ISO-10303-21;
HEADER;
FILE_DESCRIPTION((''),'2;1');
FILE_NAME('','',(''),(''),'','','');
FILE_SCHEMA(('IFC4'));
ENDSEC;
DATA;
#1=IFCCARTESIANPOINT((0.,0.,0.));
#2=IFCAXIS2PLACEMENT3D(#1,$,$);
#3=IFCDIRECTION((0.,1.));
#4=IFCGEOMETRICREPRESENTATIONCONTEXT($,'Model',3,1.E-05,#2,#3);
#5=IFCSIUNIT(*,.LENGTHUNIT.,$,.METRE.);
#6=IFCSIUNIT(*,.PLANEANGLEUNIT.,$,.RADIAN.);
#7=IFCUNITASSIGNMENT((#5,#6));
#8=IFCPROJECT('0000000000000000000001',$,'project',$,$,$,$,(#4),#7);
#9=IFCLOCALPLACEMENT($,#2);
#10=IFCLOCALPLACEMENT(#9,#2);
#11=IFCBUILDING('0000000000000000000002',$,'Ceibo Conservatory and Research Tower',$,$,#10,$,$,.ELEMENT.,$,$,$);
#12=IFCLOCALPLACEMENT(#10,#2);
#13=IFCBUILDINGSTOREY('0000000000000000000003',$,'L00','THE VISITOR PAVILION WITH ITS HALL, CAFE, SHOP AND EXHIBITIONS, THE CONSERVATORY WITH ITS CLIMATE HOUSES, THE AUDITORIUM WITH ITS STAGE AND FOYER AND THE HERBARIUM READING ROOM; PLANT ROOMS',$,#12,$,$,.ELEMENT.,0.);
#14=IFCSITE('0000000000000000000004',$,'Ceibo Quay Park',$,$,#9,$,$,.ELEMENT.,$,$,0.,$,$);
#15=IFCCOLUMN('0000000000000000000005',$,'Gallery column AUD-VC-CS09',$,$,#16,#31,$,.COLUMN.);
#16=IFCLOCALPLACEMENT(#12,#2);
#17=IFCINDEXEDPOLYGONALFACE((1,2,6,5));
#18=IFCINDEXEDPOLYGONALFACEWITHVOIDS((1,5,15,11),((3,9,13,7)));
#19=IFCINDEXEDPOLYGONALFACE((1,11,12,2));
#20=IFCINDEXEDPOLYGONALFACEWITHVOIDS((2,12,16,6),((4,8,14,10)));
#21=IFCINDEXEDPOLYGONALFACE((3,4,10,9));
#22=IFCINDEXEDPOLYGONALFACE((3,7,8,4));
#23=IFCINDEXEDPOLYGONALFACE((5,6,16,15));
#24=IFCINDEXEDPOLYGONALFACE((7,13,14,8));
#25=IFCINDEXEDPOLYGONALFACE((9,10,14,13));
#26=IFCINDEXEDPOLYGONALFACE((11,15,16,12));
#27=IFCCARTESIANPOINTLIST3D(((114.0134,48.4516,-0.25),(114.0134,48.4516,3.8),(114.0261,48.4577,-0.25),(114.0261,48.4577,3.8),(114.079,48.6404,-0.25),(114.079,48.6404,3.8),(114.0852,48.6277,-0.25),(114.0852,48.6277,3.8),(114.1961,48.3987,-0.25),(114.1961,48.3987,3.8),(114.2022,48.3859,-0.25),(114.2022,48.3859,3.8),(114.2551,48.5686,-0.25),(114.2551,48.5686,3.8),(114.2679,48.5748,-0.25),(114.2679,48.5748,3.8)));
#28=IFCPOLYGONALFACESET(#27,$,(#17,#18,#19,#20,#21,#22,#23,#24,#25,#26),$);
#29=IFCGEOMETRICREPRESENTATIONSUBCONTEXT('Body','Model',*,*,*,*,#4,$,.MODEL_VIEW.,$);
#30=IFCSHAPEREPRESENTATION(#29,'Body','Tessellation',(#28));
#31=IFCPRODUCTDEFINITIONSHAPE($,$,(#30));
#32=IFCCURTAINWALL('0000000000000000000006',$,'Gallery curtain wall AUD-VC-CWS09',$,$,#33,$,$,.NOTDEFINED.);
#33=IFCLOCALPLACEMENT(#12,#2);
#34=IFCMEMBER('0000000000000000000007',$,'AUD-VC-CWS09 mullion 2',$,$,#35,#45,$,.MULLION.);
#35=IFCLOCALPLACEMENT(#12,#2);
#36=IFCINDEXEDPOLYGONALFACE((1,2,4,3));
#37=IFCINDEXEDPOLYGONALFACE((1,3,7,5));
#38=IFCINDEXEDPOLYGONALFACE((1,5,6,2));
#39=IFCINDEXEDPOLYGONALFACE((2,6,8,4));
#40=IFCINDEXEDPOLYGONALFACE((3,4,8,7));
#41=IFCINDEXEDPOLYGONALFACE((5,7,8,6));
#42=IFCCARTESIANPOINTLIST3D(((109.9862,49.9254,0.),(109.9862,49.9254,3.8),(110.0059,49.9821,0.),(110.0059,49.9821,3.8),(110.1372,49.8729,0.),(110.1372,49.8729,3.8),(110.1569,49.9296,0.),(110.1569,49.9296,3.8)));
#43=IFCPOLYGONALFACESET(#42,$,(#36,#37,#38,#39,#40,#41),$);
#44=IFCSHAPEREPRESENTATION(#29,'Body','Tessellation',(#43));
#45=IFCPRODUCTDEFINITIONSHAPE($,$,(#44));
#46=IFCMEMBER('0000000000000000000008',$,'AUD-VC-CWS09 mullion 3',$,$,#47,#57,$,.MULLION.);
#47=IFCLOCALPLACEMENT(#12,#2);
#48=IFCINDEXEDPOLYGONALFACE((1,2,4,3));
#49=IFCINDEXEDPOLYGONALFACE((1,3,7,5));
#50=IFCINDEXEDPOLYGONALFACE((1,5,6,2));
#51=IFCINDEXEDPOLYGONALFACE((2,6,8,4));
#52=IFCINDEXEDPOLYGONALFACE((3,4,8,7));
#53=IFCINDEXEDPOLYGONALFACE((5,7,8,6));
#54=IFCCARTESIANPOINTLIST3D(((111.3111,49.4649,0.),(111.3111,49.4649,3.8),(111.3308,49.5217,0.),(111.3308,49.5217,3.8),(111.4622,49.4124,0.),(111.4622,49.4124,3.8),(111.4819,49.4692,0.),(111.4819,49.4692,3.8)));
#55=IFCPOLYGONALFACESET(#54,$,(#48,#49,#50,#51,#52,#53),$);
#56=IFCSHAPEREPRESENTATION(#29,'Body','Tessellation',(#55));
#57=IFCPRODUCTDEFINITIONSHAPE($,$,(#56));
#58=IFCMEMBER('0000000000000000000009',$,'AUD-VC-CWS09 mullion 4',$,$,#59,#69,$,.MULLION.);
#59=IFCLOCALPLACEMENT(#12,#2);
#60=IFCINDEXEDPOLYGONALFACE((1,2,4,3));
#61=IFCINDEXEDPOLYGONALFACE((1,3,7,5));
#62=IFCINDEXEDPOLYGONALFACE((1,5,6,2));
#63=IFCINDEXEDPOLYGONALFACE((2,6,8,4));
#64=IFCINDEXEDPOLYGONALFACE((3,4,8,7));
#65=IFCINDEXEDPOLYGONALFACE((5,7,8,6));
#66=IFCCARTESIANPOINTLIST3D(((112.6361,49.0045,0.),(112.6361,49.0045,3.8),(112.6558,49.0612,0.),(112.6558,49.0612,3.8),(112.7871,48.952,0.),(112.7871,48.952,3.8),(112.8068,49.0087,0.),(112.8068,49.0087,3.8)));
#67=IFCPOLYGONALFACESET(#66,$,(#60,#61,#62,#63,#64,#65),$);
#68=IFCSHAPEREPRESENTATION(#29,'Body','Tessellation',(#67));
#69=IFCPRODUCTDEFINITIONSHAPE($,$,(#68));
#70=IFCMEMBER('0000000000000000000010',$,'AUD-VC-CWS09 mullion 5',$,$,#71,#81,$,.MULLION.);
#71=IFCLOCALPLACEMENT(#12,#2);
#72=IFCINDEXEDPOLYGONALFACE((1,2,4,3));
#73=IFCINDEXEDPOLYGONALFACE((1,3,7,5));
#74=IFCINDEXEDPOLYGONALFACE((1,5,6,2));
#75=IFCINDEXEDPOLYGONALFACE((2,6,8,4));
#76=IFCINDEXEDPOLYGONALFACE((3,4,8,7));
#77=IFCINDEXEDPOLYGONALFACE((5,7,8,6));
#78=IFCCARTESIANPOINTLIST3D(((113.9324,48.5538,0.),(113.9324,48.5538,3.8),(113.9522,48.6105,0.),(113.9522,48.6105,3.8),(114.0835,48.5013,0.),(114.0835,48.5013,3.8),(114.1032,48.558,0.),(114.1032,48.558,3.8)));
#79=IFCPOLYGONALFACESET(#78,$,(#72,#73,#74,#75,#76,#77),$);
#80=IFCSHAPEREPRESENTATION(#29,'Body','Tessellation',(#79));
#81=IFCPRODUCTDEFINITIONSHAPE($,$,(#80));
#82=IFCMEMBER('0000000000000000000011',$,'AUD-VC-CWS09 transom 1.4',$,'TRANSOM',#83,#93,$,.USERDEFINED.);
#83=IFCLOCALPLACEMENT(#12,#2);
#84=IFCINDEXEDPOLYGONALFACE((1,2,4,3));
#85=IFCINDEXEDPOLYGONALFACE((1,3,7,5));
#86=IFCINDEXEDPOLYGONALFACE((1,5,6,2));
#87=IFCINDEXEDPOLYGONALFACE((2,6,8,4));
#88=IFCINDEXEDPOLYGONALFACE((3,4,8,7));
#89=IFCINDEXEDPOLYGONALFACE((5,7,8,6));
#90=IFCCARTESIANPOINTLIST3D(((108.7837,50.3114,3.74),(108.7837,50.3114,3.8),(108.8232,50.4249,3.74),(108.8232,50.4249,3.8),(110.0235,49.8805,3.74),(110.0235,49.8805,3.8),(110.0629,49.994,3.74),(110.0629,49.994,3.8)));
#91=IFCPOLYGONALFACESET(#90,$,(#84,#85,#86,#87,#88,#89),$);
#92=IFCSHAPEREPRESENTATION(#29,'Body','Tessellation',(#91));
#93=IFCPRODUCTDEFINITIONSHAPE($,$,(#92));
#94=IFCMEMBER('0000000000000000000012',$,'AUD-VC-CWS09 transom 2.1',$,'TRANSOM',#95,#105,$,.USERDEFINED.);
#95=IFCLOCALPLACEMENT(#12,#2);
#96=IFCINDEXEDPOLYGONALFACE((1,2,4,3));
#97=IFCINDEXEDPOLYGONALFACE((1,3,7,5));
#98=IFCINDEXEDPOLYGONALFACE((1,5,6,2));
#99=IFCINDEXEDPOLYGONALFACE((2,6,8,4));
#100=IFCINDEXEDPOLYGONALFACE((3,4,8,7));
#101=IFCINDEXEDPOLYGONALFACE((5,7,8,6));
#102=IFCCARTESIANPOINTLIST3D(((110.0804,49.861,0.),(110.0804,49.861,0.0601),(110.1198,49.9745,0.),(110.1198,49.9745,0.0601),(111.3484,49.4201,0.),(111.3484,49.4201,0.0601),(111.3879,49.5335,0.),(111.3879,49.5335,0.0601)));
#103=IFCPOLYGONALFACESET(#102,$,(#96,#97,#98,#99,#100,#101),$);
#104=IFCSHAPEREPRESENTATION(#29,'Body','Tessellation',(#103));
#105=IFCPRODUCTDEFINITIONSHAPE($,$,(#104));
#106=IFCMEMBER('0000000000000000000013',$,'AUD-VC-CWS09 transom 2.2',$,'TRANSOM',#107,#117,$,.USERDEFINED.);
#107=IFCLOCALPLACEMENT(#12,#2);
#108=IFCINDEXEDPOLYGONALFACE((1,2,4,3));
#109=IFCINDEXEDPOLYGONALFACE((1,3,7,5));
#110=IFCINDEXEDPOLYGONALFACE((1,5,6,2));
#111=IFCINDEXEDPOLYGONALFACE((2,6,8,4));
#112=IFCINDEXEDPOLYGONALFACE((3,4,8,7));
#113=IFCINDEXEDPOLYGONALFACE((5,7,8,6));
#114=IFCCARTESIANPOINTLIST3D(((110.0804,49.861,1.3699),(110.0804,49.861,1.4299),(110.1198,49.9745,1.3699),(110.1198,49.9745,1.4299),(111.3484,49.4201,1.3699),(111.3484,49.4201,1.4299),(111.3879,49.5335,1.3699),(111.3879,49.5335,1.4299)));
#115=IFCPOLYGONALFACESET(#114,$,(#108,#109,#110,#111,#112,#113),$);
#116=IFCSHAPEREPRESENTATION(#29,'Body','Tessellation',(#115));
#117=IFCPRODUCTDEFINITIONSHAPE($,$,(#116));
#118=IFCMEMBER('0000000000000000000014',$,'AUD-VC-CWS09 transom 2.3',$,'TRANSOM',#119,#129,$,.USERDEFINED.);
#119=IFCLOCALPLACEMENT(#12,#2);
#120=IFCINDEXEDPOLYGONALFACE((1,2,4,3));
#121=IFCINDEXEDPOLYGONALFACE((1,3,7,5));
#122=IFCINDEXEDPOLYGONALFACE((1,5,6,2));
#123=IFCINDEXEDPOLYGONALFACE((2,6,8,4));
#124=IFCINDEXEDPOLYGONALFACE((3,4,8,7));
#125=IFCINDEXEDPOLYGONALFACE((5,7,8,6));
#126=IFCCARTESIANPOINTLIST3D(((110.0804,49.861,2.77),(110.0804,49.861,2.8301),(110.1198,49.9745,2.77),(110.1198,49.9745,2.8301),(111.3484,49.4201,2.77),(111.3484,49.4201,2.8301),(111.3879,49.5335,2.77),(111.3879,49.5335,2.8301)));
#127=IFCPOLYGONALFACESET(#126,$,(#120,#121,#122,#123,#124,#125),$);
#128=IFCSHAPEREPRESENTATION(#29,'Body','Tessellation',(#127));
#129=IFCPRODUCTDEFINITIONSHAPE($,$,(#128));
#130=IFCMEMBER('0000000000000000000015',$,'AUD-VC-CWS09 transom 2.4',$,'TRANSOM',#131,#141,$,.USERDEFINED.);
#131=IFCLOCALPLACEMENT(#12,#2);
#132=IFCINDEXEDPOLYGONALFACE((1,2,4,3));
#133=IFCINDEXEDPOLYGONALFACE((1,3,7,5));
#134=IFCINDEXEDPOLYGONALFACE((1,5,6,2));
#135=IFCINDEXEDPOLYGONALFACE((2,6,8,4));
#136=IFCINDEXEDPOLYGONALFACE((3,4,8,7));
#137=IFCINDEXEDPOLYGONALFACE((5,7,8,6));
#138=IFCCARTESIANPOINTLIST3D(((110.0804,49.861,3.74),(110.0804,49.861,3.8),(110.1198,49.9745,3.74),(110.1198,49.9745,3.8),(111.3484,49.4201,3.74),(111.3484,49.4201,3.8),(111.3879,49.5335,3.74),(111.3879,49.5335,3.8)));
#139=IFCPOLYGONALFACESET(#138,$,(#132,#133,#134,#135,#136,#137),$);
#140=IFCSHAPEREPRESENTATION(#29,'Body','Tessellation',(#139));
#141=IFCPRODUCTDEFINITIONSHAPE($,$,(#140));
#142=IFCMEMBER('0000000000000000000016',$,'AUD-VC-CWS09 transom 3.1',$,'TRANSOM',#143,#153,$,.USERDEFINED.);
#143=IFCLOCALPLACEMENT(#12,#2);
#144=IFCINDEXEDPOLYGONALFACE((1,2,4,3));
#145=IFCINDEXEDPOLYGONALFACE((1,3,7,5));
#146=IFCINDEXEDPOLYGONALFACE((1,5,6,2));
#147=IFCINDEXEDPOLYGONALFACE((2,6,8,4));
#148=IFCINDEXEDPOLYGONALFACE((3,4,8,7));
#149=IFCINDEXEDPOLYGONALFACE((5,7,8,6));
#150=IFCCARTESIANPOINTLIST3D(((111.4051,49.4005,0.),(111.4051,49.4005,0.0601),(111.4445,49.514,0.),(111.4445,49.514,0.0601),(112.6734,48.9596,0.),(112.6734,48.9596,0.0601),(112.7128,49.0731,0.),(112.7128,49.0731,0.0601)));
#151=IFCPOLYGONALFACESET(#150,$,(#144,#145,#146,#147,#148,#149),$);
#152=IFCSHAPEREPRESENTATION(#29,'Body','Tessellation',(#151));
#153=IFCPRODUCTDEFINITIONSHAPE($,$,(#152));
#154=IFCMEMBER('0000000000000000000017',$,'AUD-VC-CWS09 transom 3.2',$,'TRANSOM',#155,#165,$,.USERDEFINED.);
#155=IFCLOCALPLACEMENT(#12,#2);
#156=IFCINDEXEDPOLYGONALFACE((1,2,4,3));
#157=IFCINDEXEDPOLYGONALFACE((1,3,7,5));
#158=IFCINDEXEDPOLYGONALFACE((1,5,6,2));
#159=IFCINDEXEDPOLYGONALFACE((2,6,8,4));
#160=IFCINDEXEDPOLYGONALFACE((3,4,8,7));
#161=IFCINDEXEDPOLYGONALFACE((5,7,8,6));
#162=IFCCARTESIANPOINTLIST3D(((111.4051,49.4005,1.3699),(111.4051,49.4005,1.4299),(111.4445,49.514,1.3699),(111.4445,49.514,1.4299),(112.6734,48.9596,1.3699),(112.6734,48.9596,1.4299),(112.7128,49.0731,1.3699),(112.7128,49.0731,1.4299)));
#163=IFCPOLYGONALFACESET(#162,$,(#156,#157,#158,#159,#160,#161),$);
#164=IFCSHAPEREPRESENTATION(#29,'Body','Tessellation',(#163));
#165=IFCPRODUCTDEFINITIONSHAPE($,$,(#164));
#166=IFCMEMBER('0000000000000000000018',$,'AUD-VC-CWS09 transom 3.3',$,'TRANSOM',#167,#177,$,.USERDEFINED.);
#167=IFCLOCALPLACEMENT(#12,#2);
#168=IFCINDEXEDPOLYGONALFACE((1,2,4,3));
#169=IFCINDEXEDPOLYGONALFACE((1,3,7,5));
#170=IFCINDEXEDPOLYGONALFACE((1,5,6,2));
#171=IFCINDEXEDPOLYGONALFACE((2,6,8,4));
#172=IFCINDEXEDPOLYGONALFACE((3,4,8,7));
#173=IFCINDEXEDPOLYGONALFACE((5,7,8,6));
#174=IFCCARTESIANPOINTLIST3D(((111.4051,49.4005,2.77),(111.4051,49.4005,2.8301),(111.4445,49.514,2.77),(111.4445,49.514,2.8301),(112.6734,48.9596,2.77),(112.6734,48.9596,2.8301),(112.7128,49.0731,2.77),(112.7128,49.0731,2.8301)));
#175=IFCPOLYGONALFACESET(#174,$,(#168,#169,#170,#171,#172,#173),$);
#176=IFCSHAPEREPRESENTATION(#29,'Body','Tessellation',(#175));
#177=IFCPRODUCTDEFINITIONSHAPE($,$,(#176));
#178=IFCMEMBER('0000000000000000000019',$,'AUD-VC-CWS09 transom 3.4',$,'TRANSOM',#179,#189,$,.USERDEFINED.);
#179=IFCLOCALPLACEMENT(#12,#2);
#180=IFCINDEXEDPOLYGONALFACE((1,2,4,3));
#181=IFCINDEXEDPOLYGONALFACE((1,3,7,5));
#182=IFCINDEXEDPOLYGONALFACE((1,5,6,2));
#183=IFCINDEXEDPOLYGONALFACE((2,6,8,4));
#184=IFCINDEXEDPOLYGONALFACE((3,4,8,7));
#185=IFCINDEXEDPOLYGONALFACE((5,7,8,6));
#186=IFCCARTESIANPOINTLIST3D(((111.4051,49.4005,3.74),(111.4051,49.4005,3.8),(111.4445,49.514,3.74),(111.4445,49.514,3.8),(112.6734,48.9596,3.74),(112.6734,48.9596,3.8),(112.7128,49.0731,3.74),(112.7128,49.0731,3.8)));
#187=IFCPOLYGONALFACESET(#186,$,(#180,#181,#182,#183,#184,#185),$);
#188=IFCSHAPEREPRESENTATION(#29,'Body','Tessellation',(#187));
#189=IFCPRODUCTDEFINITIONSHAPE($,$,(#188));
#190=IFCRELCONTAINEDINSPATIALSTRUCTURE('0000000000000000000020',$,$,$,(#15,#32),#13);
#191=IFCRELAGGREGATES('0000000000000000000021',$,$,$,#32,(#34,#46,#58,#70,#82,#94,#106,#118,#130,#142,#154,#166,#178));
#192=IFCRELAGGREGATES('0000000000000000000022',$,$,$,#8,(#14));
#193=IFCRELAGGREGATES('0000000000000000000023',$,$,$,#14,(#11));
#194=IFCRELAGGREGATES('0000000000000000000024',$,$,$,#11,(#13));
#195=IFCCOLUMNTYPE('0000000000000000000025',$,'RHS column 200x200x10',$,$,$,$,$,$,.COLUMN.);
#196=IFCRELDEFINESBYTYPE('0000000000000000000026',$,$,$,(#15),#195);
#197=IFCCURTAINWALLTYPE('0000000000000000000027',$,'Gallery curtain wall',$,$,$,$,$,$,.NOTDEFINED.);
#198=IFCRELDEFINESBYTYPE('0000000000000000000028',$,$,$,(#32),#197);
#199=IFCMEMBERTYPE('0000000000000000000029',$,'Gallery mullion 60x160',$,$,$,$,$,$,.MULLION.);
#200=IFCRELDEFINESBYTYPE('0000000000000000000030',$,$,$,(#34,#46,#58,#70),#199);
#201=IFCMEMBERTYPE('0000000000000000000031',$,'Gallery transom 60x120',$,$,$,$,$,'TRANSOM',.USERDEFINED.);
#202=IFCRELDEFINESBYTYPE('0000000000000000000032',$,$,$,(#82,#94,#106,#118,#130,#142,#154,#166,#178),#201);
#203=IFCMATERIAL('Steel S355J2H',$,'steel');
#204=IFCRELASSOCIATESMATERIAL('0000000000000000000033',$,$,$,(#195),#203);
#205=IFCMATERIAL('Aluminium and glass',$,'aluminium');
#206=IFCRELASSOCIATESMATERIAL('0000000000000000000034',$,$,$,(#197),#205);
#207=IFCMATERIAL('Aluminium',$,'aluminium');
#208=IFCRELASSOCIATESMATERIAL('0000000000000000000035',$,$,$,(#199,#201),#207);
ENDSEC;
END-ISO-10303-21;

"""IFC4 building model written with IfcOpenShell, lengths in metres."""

from ifc_helpers import new_model, si_unit, direction, frame, origin, origin_2d, place, context, subcontext, project, spatial, rectangle, hollow_rectangle, extrude, material, material_profile, profile_set, type_object, element, aggregate, save


model = new_model("IFC4")

# Units and contexts
model_context = context("Model", 3, precision=1e-05, world=origin(), true_north=direction((0.0, 1.0)))
body_context = subcontext(model_context, "Body", "Model", "MODEL_VIEW")
ifc_project = project(units=[si_unit("LENGTHUNIT", "METRE"), si_unit("PLANEANGLEUNIT", "RADIAN")], contexts=[model_context])

# Site, building, storey
site_placement = place(None, origin())
site = spatial("IfcSite", under=ifc_project, at=site_placement, Name="Ceibo Quay Park", CompositionType="ELEMENT", RefElevation=0.0)
building_placement = place(site_placement, origin())
building = spatial("IfcBuilding", under=site, at=building_placement, Name="Ceibo Conservatory and Research Tower", CompositionType="ELEMENT")
storey_placement = place(building_placement, origin())
storey = spatial("IfcBuildingStorey", under=building, at=storey_placement, Name="L00", Description="THE VISITOR PAVILION WITH ITS HALL, CAFE, SHOP AND EXHIBITIONS, THE CONSERVATORY WITH ITS CLIMATE HOUSES, THE AUDITORIUM WITH ITS STAGE AND FOYER AND THE HERBARIUM READING ROOM; PLANT ROOMS", CompositionType="ELEMENT", Elevation=0.0)

# Column
ifc_material_1 = material(Name="Steel S355J2H", Category="steel")
ifc_material_profile_1 = material_profile(ifc_material_1, hollow_rectangle(XDim=0.2, YDim=0.2, WallThickness=0.01, at=origin_2d()), Name="RHS column 200x200x10")
ifc_profile_set_1 = profile_set([ifc_material_profile_1], Name="Steel S355J2H")
column_type = type_object("IfcColumnType", Name="RHS column 200x200x10", PredefinedType="COLUMN", material=ifc_profile_set_1)
column_placement = place(storey_placement, frame((114.1406, 48.5132, -0.25), z_axis=(0.0, 0.0, 1.0), x_axis=(0.944579, -0.328284, 0.0)))
element("IfcColumn", 1, at=column_placement, inside=storey, type_object=column_type, Name="Gallery column AUD-VC-CS09", PredefinedType="COLUMN", context=body_context, shape_type="SweptSolid", body=[
    extrude(hollow_rectangle(XDim=0.2, YDim=0.2, WallThickness=0.01, at=origin_2d()), origin(), (0.0, 0.0, 1.0), 4.05),
])

# Curtain wall, members
ifc_material_2 = material(Name="Aluminium and glass", Category="aluminium")
curtain_wall_type = type_object("IfcCurtainWallType", Name="Gallery curtain wall", PredefinedType="NOTDEFINED", material=ifc_material_2)
curtain_wall_placement = place(storey_placement, origin())
curtain_wall = element("IfcCurtainWall", 2, at=curtain_wall_placement, inside=storey, type_object=curtain_wall_type, Name="Gallery curtain wall AUD-VC-CWS09", PredefinedType="NOTDEFINED")
ifc_material_3 = material(Name="Aluminium", Category="aluminium")
ifc_material_profile_2 = material_profile(ifc_material_3, rectangle(XDim=0.0601, YDim=0.1599, at=origin_2d()), Name="AL 60x160")
ifc_profile_set_2 = profile_set([ifc_material_profile_2], Name="Aluminium")
member_type_1 = type_object("IfcMemberType", Name="Gallery mullion 60x160", PredefinedType="MULLION", material=ifc_profile_set_2)
member_1_placement = place(storey_placement, frame((110.0715, 49.9275, 0.0), z_axis=(0.0, 0.0, 1.0), x_axis=(0.328284, 0.944579, 0.0)))
member_1 = element("IfcMember", 3, at=member_1_placement, type_object=member_type_1, Name="AUD-VC-CWS09 mullion 2", PredefinedType="MULLION", context=body_context, shape_type="SweptSolid", body=[
    extrude(rectangle(XDim=0.0601, YDim=0.1599, at=origin_2d()), origin(), (0.0, 0.0, 1.0), 3.8),
])
member_2_placement = place(storey_placement, frame((111.3965, 49.467, 0.0), z_axis=(0.0, 0.0, 1.0), x_axis=(0.328284, 0.944579, 0.0)))
member_2 = element("IfcMember", 4, at=member_2_placement, type_object=member_type_1, Name="AUD-VC-CWS09 mullion 3", PredefinedType="MULLION", context=body_context, shape_type="SweptSolid", body=[
    extrude(rectangle(XDim=0.0601, YDim=0.1599, at=origin_2d()), origin(), (0.0, 0.0, 1.0), 3.8),
])
member_3_placement = place(storey_placement, frame((112.7214, 49.0066, 0.0), z_axis=(0.0, 0.0, 1.0), x_axis=(0.328284, 0.944579, 0.0)))
member_3 = element("IfcMember", 5, at=member_3_placement, type_object=member_type_1, Name="AUD-VC-CWS09 mullion 4", PredefinedType="MULLION", context=body_context, shape_type="SweptSolid", body=[
    extrude(rectangle(XDim=0.0601, YDim=0.1599, at=origin_2d()), origin(), (0.0, 0.0, 1.0), 3.8),
])
member_4_placement = place(storey_placement, frame((114.0178, 48.5559, 0.0), z_axis=(0.0, 0.0, 1.0), x_axis=(0.328284, 0.944579, 0.0)))
member_4 = element("IfcMember", 6, at=member_4_placement, type_object=member_type_1, Name="AUD-VC-CWS09 mullion 5", PredefinedType="MULLION", context=body_context, shape_type="SweptSolid", body=[
    extrude(rectangle(XDim=0.0601, YDim=0.1599, at=origin_2d()), origin(), (0.0, 0.0, 1.0), 3.8),
])
ifc_material_profile_3 = material_profile(ifc_material_3, rectangle(XDim=0.1201, YDim=0.0601, at=origin_2d()), Name="AL 60x120")
ifc_profile_set_3 = profile_set([ifc_material_profile_3], Name="Aluminium")
member_type_2 = type_object("IfcMemberType", Name="Gallery transom 60x120", ElementType="TRANSOM", PredefinedType="USERDEFINED", material=ifc_profile_set_3)
member_5_placement = place(storey_placement, frame((108.8035, 50.3682, 3.77), z_axis=(0.94457, -0.328311, 0.0), x_axis=(0.328311, 0.94457, 0.0)))
member_5 = element("IfcMember", 7, at=member_5_placement, type_object=member_type_2, Name="AUD-VC-CWS09 transom 1.4", ObjectType="TRANSOM", PredefinedType="USERDEFINED", context=body_context, shape_type="SweptSolid", body=[
    extrude(rectangle(XDim=0.1201, YDim=0.0601, at=origin_2d()), origin(), (0.0, 0.0, 1.0), 1.3125),
])
member_6_placement = place(storey_placement, frame((110.1001, 49.9177, 0.03), z_axis=(0.944531, -0.328422, 0.0), x_axis=(0.328422, 0.944531, 0.0)))
member_6 = element("IfcMember", 8, at=member_6_placement, type_object=member_type_2, Name="AUD-VC-CWS09 transom 2.1", ObjectType="TRANSOM", PredefinedType="USERDEFINED", context=body_context, shape_type="SweptSolid", body=[
    extrude(rectangle(XDim=0.1201, YDim=0.0601, at=origin_2d()), origin(), (0.0, 0.0, 1.0), 1.3425),
])
member_7_placement = place(storey_placement, frame((110.1001, 49.9177, 1.3999), z_axis=(0.944531, -0.328422, 0.0), x_axis=(0.328422, 0.944531, 0.0)))
member_7 = element("IfcMember", 9, at=member_7_placement, type_object=member_type_2, Name="AUD-VC-CWS09 transom 2.2", ObjectType="TRANSOM", PredefinedType="USERDEFINED", context=body_context, shape_type="SweptSolid", body=[
    extrude(rectangle(XDim=0.1201, YDim=0.0601, at=origin_2d()), origin(), (0.0, 0.0, 1.0), 1.3425),
])
member_8_placement = place(storey_placement, frame((110.1001, 49.9177, 2.8), z_axis=(0.944531, -0.328422, 0.0), x_axis=(0.328422, 0.944531, 0.0)))
member_8 = element("IfcMember", 10, at=member_8_placement, type_object=member_type_2, Name="AUD-VC-CWS09 transom 2.3", ObjectType="TRANSOM", PredefinedType="USERDEFINED", context=body_context, shape_type="SweptSolid", body=[
    extrude(rectangle(XDim=0.1201, YDim=0.0601, at=origin_2d()), origin(), (0.0, 0.0, 1.0), 1.3425),
])
member_9_placement = place(storey_placement, frame((110.1001, 49.9177, 3.77), z_axis=(0.944531, -0.328422, 0.0), x_axis=(0.328422, 0.944531, 0.0)))
member_9 = element("IfcMember", 11, at=member_9_placement, type_object=member_type_2, Name="AUD-VC-CWS09 transom 2.4", ObjectType="TRANSOM", PredefinedType="USERDEFINED", context=body_context, shape_type="SweptSolid", body=[
    extrude(rectangle(XDim=0.1201, YDim=0.0601, at=origin_2d()), origin(), (0.0, 0.0, 1.0), 1.3425),
])
member_10_placement = place(storey_placement, frame((111.4248, 49.4573, 0.03), z_axis=(0.944551, -0.328365, 0.0), x_axis=(0.328365, 0.944551, 0.0)))
member_10 = element("IfcMember", 12, at=member_10_placement, type_object=member_type_2, Name="AUD-VC-CWS09 transom 3.1", ObjectType="TRANSOM", PredefinedType="USERDEFINED", context=body_context, shape_type="SweptSolid", body=[
    extrude(rectangle(XDim=0.1201, YDim=0.0601, at=origin_2d()), origin(), (0.0, 0.0, 1.0), 1.3428),
])
member_11_placement = place(storey_placement, frame((111.4248, 49.4573, 1.3999), z_axis=(0.944551, -0.328365, 0.0), x_axis=(0.328365, 0.944551, 0.0)))
member_11 = element("IfcMember", 13, at=member_11_placement, type_object=member_type_2, Name="AUD-VC-CWS09 transom 3.2", ObjectType="TRANSOM", PredefinedType="USERDEFINED", context=body_context, shape_type="SweptSolid", body=[
    extrude(rectangle(XDim=0.1201, YDim=0.0601, at=origin_2d()), origin(), (0.0, 0.0, 1.0), 1.3428),
])
member_12_placement = place(storey_placement, frame((111.4248, 49.4573, 2.8), z_axis=(0.944551, -0.328365, 0.0), x_axis=(0.328365, 0.944551, 0.0)))
member_12 = element("IfcMember", 14, at=member_12_placement, type_object=member_type_2, Name="AUD-VC-CWS09 transom 3.3", ObjectType="TRANSOM", PredefinedType="USERDEFINED", context=body_context, shape_type="SweptSolid", body=[
    extrude(rectangle(XDim=0.1201, YDim=0.0601, at=origin_2d()), origin(), (0.0, 0.0, 1.0), 1.3428),
])
member_13_placement = place(storey_placement, frame((111.4248, 49.4573, 3.77), z_axis=(0.944551, -0.328365, 0.0), x_axis=(0.328365, 0.944551, 0.0)))
member_13 = element("IfcMember", 15, at=member_13_placement, type_object=member_type_2, Name="AUD-VC-CWS09 transom 3.4", ObjectType="TRANSOM", PredefinedType="USERDEFINED", context=body_context, shape_type="SweptSolid", body=[
    extrude(rectangle(XDim=0.1201, YDim=0.0601, at=origin_2d()), origin(), (0.0, 0.0, 1.0), 1.3428),
])
aggregate(curtain_wall, [member_1, member_2, member_3, member_4, member_5, member_6, member_7, member_8, member_9, member_10, member_11, member_12, member_13])

save(model, "model.ifc")
